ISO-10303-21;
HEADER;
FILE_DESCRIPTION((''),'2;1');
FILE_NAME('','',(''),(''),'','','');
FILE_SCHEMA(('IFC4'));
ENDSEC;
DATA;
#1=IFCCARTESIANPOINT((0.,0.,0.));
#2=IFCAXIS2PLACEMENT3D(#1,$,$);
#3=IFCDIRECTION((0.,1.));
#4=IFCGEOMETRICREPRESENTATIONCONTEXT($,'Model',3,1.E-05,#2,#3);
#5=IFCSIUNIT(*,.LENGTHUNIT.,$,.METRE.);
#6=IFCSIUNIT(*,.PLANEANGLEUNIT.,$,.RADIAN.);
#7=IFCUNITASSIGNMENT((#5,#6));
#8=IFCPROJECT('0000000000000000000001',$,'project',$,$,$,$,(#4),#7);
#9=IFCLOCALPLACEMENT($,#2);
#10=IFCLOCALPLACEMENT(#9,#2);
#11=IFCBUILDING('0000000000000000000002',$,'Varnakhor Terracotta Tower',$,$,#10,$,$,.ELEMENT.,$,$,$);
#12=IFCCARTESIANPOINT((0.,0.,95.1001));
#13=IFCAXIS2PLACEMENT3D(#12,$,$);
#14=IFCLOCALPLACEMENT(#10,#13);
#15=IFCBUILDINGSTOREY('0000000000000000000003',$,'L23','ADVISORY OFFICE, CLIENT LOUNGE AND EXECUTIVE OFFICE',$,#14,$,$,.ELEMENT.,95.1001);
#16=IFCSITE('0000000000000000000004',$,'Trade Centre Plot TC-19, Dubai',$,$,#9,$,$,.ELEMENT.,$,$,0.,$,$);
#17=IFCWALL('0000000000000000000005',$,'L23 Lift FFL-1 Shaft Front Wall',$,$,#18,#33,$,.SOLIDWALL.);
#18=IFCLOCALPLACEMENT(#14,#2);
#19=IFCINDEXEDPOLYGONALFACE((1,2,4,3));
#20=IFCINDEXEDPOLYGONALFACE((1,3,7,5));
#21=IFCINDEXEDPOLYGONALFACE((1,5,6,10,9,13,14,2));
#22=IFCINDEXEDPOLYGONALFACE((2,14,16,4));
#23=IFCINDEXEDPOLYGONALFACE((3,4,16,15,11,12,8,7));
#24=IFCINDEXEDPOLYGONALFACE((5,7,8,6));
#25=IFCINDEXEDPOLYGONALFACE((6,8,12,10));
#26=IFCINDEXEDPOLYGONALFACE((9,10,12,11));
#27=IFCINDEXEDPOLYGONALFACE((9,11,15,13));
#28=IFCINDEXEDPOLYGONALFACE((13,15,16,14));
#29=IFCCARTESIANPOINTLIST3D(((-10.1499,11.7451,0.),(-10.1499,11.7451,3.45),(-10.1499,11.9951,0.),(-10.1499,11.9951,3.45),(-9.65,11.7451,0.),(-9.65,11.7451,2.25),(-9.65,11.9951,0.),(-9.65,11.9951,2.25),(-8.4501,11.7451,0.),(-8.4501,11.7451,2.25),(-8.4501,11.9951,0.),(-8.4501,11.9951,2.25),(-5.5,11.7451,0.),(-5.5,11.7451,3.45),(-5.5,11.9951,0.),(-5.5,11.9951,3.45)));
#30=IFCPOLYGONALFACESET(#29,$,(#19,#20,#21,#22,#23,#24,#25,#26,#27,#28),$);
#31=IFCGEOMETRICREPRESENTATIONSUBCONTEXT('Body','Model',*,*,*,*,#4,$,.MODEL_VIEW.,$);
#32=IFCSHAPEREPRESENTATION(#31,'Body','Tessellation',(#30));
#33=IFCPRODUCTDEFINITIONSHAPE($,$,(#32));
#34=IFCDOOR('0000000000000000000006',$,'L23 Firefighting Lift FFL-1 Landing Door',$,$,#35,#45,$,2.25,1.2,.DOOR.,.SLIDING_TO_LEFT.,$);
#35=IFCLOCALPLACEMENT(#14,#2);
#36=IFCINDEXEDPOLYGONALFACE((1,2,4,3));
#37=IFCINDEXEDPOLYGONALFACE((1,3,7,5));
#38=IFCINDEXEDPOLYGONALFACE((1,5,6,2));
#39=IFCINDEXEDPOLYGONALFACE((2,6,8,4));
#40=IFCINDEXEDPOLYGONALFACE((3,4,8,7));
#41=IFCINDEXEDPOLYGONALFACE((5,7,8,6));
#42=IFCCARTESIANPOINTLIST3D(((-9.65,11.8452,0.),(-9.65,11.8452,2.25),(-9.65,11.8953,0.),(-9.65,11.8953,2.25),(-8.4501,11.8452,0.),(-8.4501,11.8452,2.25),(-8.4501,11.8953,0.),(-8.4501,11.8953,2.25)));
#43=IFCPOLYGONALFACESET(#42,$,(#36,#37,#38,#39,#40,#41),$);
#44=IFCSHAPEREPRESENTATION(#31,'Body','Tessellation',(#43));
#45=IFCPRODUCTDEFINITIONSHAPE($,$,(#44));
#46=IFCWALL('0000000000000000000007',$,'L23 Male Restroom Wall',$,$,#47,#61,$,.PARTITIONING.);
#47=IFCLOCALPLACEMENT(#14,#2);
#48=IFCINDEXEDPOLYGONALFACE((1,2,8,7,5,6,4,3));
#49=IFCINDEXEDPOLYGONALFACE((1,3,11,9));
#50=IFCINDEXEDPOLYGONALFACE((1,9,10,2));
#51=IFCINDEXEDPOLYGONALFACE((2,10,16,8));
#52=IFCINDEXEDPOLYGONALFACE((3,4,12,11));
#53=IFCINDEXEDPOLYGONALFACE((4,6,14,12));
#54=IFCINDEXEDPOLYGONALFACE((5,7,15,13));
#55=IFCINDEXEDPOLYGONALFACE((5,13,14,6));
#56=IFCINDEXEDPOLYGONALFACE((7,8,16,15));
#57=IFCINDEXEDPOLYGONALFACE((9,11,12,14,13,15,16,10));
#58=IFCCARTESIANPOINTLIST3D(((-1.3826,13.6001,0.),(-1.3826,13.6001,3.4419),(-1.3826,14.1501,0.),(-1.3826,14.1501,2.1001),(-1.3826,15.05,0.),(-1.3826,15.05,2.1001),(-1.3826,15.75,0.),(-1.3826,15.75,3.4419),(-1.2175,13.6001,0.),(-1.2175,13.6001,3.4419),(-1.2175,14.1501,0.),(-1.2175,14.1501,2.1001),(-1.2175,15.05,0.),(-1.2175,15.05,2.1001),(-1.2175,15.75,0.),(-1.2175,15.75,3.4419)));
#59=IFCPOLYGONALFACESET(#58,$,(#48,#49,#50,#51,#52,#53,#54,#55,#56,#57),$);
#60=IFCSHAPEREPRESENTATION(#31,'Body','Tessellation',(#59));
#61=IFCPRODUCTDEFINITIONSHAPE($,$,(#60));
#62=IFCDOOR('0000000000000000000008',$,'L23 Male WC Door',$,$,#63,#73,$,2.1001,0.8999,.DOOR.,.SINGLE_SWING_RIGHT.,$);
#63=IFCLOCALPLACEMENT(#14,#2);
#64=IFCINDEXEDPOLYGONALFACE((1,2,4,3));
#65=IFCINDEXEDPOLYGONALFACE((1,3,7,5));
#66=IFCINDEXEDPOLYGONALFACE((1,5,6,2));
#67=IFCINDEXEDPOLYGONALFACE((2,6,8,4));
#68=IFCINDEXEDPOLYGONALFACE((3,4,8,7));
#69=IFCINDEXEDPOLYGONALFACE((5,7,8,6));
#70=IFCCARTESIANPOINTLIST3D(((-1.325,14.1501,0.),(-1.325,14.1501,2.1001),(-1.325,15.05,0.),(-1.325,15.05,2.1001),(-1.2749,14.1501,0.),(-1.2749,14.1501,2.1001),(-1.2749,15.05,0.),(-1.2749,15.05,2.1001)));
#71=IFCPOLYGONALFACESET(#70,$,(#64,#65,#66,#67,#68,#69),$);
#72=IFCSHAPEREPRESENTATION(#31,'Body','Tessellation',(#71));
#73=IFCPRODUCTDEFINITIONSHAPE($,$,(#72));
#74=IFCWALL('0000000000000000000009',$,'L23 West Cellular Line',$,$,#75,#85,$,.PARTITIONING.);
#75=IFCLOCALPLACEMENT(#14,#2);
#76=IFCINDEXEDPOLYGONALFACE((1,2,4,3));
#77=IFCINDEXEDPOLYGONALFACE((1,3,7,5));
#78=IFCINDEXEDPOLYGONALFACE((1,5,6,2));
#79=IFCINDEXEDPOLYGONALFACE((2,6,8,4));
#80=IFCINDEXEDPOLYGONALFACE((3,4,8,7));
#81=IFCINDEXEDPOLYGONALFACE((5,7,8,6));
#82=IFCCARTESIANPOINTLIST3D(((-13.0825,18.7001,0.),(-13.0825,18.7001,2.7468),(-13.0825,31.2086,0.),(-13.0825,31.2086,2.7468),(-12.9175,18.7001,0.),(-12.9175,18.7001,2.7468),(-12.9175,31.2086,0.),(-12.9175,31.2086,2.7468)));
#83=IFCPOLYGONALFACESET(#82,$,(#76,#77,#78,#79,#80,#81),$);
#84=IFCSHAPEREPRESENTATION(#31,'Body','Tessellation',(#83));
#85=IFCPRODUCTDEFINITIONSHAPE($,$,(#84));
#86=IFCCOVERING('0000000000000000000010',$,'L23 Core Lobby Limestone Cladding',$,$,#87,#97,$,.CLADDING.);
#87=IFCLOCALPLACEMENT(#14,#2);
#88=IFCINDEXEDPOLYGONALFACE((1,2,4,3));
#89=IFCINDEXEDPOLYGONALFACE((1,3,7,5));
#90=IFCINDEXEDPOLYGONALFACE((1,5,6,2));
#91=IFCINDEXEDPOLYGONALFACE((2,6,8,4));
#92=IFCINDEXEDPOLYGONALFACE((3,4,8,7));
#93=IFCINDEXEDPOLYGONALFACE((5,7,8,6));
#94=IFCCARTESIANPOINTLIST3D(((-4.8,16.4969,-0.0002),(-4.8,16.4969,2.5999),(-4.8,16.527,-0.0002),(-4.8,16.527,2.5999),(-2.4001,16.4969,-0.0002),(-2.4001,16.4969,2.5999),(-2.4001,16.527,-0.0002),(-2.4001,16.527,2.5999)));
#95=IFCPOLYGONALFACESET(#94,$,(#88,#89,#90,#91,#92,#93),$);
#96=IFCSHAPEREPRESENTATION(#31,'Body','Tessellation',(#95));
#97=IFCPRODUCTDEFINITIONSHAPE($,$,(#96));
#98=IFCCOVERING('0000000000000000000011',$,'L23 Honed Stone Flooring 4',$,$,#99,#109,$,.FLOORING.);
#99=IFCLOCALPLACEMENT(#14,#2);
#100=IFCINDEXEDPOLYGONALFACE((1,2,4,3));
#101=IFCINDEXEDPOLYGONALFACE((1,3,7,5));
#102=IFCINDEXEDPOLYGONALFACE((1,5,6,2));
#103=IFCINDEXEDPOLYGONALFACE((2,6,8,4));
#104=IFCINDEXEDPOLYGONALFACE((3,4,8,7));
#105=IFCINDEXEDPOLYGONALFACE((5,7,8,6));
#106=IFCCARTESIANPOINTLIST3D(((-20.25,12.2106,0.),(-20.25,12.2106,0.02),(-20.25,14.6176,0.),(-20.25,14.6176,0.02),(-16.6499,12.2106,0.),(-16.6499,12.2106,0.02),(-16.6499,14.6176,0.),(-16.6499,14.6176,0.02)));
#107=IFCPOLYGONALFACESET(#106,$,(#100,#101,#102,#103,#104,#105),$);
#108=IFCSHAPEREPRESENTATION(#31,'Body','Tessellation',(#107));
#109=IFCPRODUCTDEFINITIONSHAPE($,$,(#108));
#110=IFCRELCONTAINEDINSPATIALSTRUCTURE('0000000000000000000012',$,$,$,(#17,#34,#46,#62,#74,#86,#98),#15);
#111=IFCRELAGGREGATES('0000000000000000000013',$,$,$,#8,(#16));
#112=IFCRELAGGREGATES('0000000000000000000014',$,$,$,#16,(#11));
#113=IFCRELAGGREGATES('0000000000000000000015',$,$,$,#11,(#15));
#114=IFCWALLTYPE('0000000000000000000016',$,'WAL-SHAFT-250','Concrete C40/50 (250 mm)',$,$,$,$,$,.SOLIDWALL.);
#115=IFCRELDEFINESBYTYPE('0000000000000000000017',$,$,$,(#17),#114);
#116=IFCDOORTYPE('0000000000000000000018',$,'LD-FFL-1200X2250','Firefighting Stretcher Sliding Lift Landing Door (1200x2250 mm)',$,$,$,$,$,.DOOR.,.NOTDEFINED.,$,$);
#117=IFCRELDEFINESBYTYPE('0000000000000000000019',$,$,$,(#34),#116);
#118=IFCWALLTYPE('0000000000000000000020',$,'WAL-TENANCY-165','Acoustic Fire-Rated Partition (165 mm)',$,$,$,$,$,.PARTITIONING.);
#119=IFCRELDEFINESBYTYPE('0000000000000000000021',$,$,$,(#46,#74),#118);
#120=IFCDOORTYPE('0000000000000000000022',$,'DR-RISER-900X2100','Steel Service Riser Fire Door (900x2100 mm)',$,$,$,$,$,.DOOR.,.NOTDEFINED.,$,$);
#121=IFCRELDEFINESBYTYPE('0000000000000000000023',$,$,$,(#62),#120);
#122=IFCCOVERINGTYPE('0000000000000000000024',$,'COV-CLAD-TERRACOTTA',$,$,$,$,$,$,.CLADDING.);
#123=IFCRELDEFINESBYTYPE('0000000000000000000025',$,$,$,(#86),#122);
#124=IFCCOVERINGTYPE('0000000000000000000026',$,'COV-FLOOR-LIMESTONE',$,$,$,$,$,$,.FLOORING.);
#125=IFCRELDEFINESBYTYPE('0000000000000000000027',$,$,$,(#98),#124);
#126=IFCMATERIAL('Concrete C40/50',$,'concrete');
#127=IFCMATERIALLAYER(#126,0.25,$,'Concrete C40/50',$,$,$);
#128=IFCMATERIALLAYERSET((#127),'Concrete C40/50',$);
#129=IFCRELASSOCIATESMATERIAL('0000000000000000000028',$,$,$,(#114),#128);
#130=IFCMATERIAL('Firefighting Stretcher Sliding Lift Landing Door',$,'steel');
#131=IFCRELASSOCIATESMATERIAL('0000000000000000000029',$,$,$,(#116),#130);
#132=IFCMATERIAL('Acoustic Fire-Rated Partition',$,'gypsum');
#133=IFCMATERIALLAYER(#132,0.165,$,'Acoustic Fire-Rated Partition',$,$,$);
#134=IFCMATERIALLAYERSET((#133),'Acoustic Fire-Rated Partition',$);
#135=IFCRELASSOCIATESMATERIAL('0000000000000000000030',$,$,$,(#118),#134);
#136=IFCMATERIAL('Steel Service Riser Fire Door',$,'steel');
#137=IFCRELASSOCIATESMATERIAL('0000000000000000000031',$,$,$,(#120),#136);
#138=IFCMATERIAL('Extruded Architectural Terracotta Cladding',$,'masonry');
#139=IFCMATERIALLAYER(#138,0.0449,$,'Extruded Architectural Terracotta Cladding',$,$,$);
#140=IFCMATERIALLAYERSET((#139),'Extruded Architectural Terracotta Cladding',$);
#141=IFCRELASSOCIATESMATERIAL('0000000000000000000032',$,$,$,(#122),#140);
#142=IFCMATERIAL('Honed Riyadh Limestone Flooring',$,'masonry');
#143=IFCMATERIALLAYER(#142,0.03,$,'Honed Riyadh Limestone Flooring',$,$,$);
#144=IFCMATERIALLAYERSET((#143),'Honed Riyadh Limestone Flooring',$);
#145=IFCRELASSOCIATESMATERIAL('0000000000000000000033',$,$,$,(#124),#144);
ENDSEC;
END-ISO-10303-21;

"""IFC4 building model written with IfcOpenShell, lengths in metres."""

from ifc_helpers import new_model, si_unit, direction, frame, frame_2d, origin, origin_2d, place, context, subcontext, project, spatial, rectangle, extrude, source, transform, mapped, material, layer, layer_set, type_object, type_shapes, element, fill, save


model = new_model("IFC4")

# Units and contexts
model_context = context("Model", 3, precision=1e-05, world=origin(), true_north=direction((0.0, 1.0)))
body_context = subcontext(model_context, "Body", "Model", "MODEL_VIEW")
ifc_project = project(units=[si_unit("LENGTHUNIT", "METRE"), si_unit("PLANEANGLEUNIT", "RADIAN")], contexts=[model_context])

# Site, building, storey
site_placement = place(None, origin())
site = spatial("IfcSite", under=ifc_project, at=site_placement, Name="Trade Centre Plot TC-19, Dubai", CompositionType="ELEMENT", RefElevation=0.0)
building_placement = place(site_placement, origin())
building = spatial("IfcBuilding", under=site, at=building_placement, Name="Varnakhor Terracotta Tower", CompositionType="ELEMENT")
storey_placement = place(building_placement, frame((0.0, 0.0, 95.1001)))
storey = spatial("IfcBuildingStorey", under=building, at=storey_placement, Name="L23", Description="ADVISORY OFFICE, CLIENT LOUNGE AND EXECUTIVE OFFICE", CompositionType="ELEMENT", Elevation=95.1001)

# Shared definitions
ifc_material_1 = material(Name="Concrete C40/50", Category="concrete")

# Walls, openings, doors
ifc_layer_1 = layer(ifc_material_1, 0.25, Name="Concrete C40/50")
ifc_layer_set_1 = layer_set([ifc_layer_1], Name="Concrete C40/50")
wall_type_1 = type_object("IfcWallType", Name="WAL-SHAFT-250", Description="Concrete C40/50 (250 mm)", PredefinedType="SOLIDWALL", material=ifc_layer_set_1)
wall_1_placement = place(storey_placement, frame((-5.5, 11.8701, 0.0), z_axis=(0.0, 0.0, 1.0), x_axis=(-1.0, 0.0, 0.0)))
wall_1 = element("IfcWall", 1, at=wall_1_placement, inside=storey, type_object=wall_type_1, Name="L23 Lift FFL-1 Shaft Front Wall", PredefinedType="SOLIDWALL", context=body_context, shape_type="SweptSolid", body=[
    extrude(rectangle(XDim=4.6499, YDim=0.25, at=frame_2d((2.325, 0.0))), origin(), (0.0, 0.0, 1.0), 3.45),
])
opening_1_placement = place(wall_1_placement, frame((2.95, 0.0, 0.0)))
opening_1 = element("IfcOpeningElement", 2, at=opening_1_placement, cuts=wall_1, PredefinedType="OPENING", context=body_context, shape_type="SweptSolid", body=[
    extrude(rectangle(XDim=1.2, YDim=2.25, at=frame_2d((0.6001, 1.125))), frame((0.0, 0.135, 0.0), z_axis=(0.0, -1.0, 0.0), x_axis=(1.0, 0.0, 0.0)), (0.0, 0.0, 1.0), 0.27),
])
ifc_material_2 = material(Name="Firefighting Stretcher Sliding Lift Landing Door", Category="steel")
door_type_1 = type_object("IfcDoorType", Name="LD-FFL-1200X2250", Description="Firefighting Stretcher Sliding Lift Landing Door (1200x2250 mm)", OperationType="NOTDEFINED", PredefinedType="DOOR", material=ifc_material_2)
shared_shape_1 = source(origin(), body_context, "Body", "SweptSolid", [
    extrude(rectangle(XDim=1.2, YDim=2.25, at=frame_2d((0.6001, 1.125))), frame((0.0, 0.0249, 0.0), z_axis=(0.0, -1.0, 0.0), x_axis=(1.0, 0.0, 0.0)), (0.0, 0.0, 1.0), 0.05),
])
type_shapes(door_type_1, [shared_shape_1])
door_1_placement = place(opening_1_placement, origin())
door_1 = element("IfcDoor", 3, at=door_1_placement, inside=storey, type_object=door_type_1, Name="L23 Firefighting Lift FFL-1 Landing Door", OperationType="SLIDING_TO_LEFT", OverallHeight=2.25, OverallWidth=1.2, PredefinedType="DOOR", context=body_context, shape_type="MappedRepresentation", body=[
    mapped(shared_shape_1, transform((0.0, 0.0, 0.0), scale=1.0)),
])
fill(opening_1, door_1)
ifc_material_3 = material(Name="Acoustic Fire-Rated Partition", Category="gypsum")
ifc_layer_2 = layer(ifc_material_3, 0.165, Name="Acoustic Fire-Rated Partition")
ifc_layer_set_2 = layer_set([ifc_layer_2], Name="Acoustic Fire-Rated Partition")
wall_type_2 = type_object("IfcWallType", Name="WAL-TENANCY-165", Description="Acoustic Fire-Rated Partition (165 mm)", PredefinedType="PARTITIONING", material=ifc_layer_set_2)
wall_2_placement = place(storey_placement, frame((-1.3, 13.6001, 0.0), z_axis=(0.0, 0.0, 1.0), x_axis=(0.0, 1.0, 0.0)))
wall_2 = element("IfcWall", 4, at=wall_2_placement, inside=storey, type_object=wall_type_2, Name="L23 Male Restroom Wall", PredefinedType="PARTITIONING", context=body_context, shape_type="SweptSolid", body=[
    extrude(rectangle(XDim=2.1499, YDim=0.165, at=frame_2d((1.075, 0.0))), origin(), (0.0, 0.0, 1.0), 3.4419),
])
opening_2_placement = place(wall_2_placement, frame((0.55, 0.0, 0.0)))
opening_2 = element("IfcOpeningElement", 5, at=opening_2_placement, cuts=wall_2, PredefinedType="OPENING", context=body_context, shape_type="SweptSolid", body=[
    extrude(rectangle(XDim=0.8999, YDim=2.1001, at=frame_2d((0.45, 1.05))), frame((0.0, 0.0925, 0.0), z_axis=(0.0, -1.0, 0.0), x_axis=(1.0, 0.0, 0.0)), (0.0, 0.0, 1.0), 0.1851),
])
ifc_material_4 = material(Name="Steel Service Riser Fire Door", Category="steel")
door_type_2 = type_object("IfcDoorType", Name="DR-RISER-900X2100", Description="Steel Service Riser Fire Door (900x2100 mm)", OperationType="NOTDEFINED", PredefinedType="DOOR", material=ifc_material_4)
shared_shape_2 = source(origin(), body_context, "Body", "SweptSolid", [
    extrude(rectangle(XDim=0.8999, YDim=2.1001, at=frame_2d((0.45, 1.05))), frame((0.0, 0.0249, 0.0), z_axis=(0.0, -1.0, 0.0), x_axis=(1.0, 0.0, 0.0)), (0.0, 0.0, 1.0), 0.05),
])
type_shapes(door_type_2, [shared_shape_2])
door_2_placement = place(opening_2_placement, origin())
door_2 = element("IfcDoor", 6, at=door_2_placement, inside=storey, type_object=door_type_2, Name="L23 Male WC Door", OperationType="SINGLE_SWING_RIGHT", OverallHeight=2.1001, OverallWidth=0.8999, PredefinedType="DOOR", context=body_context, shape_type="MappedRepresentation", body=[
    mapped(shared_shape_2, transform((0.0, 0.0, 0.0), scale=1.0)),
])
fill(opening_2, door_2)

# Wall
wall_3_placement = place(storey_placement, frame((-13.0, 18.7, 0.0), z_axis=(0.0, 0.0, 1.0), x_axis=(0.0, 1.0, 0.0)))
element("IfcWall", 7, at=wall_3_placement, inside=storey, type_object=wall_type_2, Name="L23 West Cellular Line", PredefinedType="PARTITIONING", context=body_context, shape_type="SweptSolid", body=[
    extrude(rectangle(XDim=12.5085, YDim=0.165, at=frame_2d((6.2544, 0.0))), origin(), (0.0, 0.0, 1.0), 2.7468),
])

# Coverings
ifc_material_5 = material(Name="Extruded Architectural Terracotta Cladding", Category="masonry")
ifc_layer_3 = layer(ifc_material_5, 0.0449, Name="Extruded Architectural Terracotta Cladding")
ifc_layer_set_3 = layer_set([ifc_layer_3], Name="Extruded Architectural Terracotta Cladding")
covering_type_1 = type_object("IfcCoveringType", Name="COV-CLAD-TERRACOTTA", PredefinedType="CLADDING", material=ifc_layer_set_3)
shared_shape_3 = source(origin(), body_context, "Body", "SweptSolid", [
    extrude(rectangle(XDim=2.3999, YDim=0.03, at=origin_2d()), origin(), (0.0, 0.0, 1.0), 2.6001),
])
type_shapes(covering_type_1, [shared_shape_3])
covering_1_placement = place(storey_placement, frame((-3.6001, 16.512, -0.0002), z_axis=(0.0, 0.0, 1.0), x_axis=(1.0, 0.0, 0.0)))
element("IfcCovering", 8, at=covering_1_placement, inside=storey, type_object=covering_type_1, Name="L23 Core Lobby Limestone Cladding", PredefinedType="CLADDING", context=body_context, shape_type="MappedRepresentation", body=[
    mapped(shared_shape_3, transform((0.0, 0.0, 0.0), scale=1.0)),
])
ifc_material_6 = material(Name="Honed Riyadh Limestone Flooring", Category="masonry")
ifc_layer_4 = layer(ifc_material_6, 0.03, Name="Honed Riyadh Limestone Flooring")
ifc_layer_set_4 = layer_set([ifc_layer_4], Name="Honed Riyadh Limestone Flooring")
covering_type_2 = type_object("IfcCoveringType", Name="COV-FLOOR-LIMESTONE", PredefinedType="FLOORING", material=ifc_layer_set_4)
shared_shape_4 = source(origin(), body_context, "Body", "SweptSolid", [
    extrude(rectangle(XDim=3.6001, YDim=2.407, at=origin_2d()), origin(), (0.0, 0.0, 1.0), 0.02),
])
covering_2_placement = place(storey_placement, frame((-18.45, 13.4141, 0.0), z_axis=(0.0, 0.0, 1.0), x_axis=(1.0, 0.0, 0.0)))
element("IfcCovering", 9, at=covering_2_placement, inside=storey, type_object=covering_type_2, Name="L23 Honed Stone Flooring 4", PredefinedType="FLOORING", context=body_context, shape_type="MappedRepresentation", body=[
    mapped(shared_shape_4, transform((0.0, 0.0, 0.0), scale=1.0)),
])

save(model, "model.ifc")
